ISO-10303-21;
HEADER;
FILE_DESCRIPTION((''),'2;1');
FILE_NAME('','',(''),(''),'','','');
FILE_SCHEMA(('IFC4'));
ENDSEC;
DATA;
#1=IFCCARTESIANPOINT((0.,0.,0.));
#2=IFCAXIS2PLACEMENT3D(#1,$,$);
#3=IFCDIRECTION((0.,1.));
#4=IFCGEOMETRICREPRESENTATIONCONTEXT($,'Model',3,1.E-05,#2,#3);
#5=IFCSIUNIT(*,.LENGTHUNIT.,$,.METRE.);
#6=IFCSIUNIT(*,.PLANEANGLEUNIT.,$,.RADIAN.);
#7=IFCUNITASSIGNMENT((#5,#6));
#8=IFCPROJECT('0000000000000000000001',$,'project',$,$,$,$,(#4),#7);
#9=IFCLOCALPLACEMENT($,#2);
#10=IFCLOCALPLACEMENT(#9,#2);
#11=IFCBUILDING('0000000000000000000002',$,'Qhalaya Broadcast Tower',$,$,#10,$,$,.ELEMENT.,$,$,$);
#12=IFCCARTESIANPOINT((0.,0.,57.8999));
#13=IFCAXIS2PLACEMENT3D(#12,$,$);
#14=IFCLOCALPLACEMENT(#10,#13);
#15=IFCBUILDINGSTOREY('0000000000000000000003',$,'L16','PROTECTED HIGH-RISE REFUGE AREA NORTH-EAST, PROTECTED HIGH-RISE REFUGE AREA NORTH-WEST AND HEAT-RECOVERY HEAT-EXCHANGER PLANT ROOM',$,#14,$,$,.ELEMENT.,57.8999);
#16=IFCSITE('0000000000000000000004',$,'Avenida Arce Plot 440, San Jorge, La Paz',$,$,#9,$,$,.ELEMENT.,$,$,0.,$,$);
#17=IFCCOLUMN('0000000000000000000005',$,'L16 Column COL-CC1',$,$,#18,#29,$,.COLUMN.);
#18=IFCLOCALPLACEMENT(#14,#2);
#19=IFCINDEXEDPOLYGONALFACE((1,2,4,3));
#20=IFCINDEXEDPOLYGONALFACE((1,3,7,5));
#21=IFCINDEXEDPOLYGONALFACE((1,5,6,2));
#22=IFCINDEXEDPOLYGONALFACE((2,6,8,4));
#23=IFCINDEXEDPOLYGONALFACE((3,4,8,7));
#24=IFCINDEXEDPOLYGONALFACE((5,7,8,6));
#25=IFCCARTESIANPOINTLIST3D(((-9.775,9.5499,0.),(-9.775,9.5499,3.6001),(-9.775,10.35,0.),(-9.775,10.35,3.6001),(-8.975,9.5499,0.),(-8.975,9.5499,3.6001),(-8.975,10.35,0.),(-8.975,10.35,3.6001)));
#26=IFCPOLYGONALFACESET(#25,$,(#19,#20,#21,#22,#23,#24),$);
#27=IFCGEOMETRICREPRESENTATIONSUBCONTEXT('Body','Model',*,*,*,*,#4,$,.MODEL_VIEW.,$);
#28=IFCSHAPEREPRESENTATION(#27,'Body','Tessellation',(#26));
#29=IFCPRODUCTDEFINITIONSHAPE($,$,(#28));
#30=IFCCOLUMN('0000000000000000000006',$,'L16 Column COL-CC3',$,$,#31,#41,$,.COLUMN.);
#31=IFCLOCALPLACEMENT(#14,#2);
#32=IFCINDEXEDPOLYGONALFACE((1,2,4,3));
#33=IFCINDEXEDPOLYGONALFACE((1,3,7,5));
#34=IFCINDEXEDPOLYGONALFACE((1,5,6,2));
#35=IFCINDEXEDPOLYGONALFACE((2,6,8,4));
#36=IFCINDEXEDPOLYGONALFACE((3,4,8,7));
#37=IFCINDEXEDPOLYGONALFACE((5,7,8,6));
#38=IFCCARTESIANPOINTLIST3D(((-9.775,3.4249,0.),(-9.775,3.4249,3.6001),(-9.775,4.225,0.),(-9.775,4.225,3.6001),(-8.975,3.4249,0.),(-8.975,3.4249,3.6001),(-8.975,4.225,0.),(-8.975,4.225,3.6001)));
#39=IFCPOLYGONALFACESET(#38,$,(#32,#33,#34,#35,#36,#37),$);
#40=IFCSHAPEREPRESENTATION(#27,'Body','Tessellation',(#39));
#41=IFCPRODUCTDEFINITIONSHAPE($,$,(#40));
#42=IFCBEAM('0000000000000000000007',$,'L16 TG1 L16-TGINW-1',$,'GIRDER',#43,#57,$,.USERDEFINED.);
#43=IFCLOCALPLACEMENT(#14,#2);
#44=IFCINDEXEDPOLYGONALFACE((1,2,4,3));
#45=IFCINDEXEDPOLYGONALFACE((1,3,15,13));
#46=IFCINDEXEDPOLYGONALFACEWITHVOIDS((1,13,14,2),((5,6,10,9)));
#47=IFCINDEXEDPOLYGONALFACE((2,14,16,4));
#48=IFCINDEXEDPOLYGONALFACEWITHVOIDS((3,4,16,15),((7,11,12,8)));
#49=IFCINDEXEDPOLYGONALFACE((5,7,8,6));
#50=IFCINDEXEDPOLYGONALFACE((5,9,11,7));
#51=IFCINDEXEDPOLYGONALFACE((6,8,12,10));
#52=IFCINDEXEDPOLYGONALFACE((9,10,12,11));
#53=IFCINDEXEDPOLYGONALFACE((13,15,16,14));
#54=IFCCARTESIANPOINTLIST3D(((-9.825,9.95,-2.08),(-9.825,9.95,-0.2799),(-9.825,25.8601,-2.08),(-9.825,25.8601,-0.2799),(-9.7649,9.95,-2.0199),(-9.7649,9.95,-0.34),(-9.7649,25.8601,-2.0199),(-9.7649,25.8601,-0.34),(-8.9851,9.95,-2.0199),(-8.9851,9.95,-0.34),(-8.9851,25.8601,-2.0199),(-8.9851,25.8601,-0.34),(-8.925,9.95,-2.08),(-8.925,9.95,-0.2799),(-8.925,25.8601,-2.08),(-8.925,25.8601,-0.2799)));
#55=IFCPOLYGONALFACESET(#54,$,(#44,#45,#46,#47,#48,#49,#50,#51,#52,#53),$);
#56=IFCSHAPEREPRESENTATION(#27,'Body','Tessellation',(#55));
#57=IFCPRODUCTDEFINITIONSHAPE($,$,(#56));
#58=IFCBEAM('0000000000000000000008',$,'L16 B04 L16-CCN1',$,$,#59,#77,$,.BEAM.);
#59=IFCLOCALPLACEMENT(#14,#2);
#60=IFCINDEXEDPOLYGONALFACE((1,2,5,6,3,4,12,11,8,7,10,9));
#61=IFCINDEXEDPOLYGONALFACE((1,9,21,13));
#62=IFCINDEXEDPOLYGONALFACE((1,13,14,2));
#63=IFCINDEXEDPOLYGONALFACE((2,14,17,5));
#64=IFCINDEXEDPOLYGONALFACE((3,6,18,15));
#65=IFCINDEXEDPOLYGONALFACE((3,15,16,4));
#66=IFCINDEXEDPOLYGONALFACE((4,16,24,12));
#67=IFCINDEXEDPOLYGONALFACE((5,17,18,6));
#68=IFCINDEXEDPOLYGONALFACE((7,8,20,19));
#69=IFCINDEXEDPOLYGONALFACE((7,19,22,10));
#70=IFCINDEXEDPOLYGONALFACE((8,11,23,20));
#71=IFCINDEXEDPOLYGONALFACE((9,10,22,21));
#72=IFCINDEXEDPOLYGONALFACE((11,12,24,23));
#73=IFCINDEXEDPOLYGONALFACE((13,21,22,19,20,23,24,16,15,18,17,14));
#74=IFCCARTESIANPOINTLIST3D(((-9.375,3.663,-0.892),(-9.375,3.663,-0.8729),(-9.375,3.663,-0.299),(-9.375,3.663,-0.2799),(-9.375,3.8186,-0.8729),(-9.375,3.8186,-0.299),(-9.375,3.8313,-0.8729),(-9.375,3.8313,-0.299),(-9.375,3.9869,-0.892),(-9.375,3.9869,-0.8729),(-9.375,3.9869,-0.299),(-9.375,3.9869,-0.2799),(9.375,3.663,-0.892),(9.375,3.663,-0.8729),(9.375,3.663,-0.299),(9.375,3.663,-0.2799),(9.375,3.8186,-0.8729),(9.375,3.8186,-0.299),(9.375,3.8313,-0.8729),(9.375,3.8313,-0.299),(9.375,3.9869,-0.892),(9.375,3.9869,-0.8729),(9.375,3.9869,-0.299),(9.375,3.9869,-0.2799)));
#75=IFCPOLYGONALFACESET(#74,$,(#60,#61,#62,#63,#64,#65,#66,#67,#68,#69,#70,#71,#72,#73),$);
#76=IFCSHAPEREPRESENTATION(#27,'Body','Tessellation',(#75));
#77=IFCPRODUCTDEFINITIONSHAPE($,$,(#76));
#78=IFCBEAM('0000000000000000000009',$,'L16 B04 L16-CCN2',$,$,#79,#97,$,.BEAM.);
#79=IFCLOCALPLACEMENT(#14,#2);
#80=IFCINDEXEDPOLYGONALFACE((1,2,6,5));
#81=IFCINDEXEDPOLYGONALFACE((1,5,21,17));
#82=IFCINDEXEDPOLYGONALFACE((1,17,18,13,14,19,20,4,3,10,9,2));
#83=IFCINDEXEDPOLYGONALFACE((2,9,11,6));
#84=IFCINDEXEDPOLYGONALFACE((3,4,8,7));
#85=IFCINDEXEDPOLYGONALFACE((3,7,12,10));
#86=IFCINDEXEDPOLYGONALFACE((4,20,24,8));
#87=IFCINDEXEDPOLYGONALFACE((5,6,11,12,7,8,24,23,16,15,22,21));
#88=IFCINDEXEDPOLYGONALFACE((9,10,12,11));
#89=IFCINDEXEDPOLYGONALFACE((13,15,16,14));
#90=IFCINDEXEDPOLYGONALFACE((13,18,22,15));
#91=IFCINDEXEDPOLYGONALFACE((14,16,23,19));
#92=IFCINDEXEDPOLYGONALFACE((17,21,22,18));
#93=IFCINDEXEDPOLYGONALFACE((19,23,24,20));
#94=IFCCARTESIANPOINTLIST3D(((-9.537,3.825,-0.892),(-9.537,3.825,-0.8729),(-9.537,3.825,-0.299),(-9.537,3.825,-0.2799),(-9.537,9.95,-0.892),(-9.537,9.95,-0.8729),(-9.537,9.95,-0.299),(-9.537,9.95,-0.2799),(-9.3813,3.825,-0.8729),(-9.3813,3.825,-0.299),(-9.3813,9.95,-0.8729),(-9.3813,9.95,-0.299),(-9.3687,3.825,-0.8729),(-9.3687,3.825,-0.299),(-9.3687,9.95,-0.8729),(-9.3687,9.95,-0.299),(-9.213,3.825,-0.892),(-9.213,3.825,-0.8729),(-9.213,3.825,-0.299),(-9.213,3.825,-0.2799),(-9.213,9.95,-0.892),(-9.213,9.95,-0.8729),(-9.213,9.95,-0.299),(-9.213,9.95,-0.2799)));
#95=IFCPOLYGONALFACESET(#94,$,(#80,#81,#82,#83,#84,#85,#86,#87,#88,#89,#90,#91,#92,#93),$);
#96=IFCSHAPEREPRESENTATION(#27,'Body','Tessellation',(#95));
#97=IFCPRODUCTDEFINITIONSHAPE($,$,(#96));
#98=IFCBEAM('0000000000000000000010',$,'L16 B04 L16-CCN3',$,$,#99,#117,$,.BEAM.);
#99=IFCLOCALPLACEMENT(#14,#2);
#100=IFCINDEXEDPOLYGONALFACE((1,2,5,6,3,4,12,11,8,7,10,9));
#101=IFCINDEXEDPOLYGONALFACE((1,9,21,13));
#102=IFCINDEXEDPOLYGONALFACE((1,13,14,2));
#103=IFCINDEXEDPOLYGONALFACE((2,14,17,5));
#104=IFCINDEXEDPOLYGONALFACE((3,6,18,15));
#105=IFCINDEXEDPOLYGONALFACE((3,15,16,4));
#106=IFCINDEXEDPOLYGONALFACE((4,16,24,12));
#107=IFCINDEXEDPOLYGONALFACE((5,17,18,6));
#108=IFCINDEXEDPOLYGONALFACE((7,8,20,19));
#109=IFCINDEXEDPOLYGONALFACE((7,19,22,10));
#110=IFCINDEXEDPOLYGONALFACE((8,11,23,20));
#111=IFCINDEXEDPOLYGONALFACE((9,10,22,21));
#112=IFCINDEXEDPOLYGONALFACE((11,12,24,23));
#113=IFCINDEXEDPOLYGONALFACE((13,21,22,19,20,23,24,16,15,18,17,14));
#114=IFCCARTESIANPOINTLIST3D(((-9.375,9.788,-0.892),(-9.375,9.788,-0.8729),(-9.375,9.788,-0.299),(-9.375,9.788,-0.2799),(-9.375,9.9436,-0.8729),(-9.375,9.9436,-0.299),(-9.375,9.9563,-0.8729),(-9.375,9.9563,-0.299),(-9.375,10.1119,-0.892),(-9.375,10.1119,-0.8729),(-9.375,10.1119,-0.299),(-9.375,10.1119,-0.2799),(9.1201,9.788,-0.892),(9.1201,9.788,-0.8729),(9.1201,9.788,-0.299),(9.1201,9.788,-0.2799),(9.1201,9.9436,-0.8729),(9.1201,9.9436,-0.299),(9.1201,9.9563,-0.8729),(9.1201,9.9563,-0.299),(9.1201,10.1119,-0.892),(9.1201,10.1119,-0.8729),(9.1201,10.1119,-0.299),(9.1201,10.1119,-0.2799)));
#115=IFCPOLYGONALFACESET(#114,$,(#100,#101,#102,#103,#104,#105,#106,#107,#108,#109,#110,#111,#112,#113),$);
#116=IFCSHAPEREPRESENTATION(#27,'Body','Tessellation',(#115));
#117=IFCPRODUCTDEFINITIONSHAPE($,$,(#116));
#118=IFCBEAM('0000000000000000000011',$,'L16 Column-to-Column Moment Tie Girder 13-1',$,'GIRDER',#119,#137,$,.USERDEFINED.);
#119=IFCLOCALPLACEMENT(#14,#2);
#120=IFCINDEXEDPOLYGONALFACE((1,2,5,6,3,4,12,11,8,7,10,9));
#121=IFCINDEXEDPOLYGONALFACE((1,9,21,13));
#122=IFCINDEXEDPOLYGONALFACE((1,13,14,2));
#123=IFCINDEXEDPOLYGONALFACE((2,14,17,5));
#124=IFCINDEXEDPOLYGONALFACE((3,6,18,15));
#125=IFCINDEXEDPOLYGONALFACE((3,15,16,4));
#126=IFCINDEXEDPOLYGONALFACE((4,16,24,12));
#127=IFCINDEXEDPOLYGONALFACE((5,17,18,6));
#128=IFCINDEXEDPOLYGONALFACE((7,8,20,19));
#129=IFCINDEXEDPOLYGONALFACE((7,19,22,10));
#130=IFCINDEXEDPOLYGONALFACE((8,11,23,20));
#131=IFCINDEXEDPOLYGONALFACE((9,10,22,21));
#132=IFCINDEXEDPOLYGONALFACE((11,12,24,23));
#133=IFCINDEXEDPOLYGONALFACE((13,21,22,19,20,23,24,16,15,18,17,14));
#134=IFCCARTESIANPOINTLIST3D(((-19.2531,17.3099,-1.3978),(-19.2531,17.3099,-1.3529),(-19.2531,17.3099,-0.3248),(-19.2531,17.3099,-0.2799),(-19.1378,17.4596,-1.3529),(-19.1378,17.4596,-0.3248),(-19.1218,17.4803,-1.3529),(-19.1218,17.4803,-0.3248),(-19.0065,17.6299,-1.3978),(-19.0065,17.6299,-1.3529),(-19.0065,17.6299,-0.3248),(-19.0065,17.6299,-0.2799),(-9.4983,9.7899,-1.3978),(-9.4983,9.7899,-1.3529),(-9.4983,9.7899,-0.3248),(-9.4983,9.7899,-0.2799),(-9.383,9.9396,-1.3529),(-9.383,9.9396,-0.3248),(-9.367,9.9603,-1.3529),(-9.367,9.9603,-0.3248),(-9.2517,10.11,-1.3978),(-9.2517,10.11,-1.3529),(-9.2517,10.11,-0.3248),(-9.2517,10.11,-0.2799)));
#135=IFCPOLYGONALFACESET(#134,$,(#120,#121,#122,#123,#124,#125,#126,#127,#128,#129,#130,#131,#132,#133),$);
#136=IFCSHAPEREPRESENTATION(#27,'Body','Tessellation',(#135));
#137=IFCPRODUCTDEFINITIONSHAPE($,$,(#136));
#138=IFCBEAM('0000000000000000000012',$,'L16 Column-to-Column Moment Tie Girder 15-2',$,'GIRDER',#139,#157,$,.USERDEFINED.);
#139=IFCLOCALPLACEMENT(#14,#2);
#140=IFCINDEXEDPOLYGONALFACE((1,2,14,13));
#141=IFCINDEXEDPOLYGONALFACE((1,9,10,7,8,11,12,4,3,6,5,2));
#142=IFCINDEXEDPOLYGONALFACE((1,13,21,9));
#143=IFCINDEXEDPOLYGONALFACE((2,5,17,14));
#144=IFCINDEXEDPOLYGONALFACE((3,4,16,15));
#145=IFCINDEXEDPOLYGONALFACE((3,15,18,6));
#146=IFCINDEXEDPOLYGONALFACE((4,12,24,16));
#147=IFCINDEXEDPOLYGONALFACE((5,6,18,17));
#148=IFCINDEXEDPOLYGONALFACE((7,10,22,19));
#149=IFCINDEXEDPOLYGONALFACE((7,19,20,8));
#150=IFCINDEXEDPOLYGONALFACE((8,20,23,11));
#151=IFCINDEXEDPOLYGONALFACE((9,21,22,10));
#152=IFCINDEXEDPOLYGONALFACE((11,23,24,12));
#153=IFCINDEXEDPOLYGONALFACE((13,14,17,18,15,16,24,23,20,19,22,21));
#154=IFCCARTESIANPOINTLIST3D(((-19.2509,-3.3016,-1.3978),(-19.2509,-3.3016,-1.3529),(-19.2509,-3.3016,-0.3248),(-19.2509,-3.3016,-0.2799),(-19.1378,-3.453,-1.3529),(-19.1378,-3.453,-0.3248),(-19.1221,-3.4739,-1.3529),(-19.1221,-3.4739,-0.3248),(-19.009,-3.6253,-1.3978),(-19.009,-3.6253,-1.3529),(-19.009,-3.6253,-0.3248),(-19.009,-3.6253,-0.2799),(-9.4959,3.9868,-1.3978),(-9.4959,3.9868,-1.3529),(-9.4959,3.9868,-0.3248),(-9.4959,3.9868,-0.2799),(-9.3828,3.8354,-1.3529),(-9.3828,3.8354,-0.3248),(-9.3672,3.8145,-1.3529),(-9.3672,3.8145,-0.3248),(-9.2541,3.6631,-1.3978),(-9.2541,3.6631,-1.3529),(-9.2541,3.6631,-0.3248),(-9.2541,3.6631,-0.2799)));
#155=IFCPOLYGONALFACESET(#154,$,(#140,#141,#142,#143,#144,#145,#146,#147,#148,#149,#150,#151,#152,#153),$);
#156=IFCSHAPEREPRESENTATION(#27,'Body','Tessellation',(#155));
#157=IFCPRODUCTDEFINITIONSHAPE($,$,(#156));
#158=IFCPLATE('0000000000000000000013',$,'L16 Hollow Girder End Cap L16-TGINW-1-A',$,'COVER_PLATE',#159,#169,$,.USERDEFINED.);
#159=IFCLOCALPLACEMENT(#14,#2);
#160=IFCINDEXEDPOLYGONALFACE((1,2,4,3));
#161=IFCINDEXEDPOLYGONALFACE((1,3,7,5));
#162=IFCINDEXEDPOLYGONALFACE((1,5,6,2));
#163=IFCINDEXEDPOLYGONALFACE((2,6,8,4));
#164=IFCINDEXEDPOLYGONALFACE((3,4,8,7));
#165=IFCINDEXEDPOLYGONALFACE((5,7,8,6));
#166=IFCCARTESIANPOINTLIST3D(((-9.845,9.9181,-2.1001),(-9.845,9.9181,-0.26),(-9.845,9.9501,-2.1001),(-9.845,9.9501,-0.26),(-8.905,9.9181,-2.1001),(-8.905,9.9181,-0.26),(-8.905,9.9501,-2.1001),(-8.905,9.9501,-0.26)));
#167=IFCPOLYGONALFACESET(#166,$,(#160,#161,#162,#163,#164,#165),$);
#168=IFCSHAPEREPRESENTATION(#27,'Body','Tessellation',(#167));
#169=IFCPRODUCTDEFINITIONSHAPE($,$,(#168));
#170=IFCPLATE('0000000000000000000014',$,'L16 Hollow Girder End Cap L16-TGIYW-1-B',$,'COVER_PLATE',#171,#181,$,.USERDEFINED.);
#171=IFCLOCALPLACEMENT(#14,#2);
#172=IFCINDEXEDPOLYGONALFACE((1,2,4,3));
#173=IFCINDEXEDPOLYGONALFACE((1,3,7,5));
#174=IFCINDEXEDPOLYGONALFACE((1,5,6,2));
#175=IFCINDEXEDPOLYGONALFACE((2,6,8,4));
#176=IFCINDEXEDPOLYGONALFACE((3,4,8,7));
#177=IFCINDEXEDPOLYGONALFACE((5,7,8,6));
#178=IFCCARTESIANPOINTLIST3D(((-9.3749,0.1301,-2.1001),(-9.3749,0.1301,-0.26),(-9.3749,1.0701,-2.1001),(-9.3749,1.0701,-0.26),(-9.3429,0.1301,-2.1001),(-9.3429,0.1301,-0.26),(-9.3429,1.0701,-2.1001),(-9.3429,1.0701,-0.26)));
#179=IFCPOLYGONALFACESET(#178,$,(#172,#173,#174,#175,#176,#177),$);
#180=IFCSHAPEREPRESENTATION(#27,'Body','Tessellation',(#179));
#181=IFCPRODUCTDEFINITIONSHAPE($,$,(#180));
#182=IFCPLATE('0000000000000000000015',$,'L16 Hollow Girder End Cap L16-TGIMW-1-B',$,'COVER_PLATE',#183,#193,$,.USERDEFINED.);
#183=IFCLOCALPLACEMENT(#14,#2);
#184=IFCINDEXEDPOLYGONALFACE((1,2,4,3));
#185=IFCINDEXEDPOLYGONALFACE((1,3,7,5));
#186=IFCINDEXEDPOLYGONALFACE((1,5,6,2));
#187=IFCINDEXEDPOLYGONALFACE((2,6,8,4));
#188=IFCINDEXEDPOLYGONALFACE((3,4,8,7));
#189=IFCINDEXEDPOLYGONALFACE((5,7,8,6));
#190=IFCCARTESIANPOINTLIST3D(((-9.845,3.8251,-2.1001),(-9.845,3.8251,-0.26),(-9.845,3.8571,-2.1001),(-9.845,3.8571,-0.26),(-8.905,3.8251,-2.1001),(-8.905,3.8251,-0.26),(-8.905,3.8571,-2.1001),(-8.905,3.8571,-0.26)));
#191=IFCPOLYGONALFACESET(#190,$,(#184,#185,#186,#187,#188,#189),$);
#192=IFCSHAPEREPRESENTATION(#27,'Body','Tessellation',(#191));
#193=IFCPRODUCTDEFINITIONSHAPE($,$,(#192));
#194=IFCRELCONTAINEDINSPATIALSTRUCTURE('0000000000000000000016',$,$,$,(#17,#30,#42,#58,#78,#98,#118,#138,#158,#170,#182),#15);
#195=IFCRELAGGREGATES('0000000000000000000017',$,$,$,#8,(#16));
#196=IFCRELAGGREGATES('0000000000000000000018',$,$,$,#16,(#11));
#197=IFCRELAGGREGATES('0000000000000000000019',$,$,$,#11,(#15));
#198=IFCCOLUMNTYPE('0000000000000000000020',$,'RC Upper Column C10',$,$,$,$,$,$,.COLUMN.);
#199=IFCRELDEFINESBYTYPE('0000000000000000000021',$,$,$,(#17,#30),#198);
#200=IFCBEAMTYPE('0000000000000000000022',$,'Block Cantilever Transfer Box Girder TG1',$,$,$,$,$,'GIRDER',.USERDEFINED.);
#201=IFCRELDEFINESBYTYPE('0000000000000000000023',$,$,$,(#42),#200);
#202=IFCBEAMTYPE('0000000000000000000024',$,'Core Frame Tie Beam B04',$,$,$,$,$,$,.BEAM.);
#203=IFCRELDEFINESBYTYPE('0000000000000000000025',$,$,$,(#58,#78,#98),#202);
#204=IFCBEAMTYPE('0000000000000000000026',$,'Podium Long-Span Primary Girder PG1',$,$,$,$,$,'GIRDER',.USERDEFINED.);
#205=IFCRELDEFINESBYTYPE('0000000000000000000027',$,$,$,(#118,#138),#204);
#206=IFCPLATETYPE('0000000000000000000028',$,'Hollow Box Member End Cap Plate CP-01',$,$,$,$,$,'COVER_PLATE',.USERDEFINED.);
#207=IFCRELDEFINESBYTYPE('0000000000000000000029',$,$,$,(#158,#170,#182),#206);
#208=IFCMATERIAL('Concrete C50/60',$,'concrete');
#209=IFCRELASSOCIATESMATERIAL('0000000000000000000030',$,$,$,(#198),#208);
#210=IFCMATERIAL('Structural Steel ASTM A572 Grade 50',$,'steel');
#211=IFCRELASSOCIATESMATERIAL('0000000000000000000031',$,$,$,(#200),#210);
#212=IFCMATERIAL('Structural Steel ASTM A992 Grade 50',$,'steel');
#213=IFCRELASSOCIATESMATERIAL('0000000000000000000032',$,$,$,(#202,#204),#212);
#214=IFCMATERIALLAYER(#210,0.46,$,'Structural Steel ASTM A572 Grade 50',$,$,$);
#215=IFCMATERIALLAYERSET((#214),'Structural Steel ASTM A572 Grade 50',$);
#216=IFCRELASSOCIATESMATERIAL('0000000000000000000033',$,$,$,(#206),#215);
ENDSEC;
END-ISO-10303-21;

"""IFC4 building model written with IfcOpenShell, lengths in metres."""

from ifc_helpers import new_model, si_unit, direction, frame, origin, origin_2d, place, context, subcontext, project, spatial, rectangle, hollow_rectangle, i_section, extrude, material, layer, layer_set, material_profile, profile_set, type_object, element, save


model = new_model("IFC4")

# Units and contexts
model_context = context("Model", 3, precision=1e-05, world=origin(), true_north=direction((0.0, 1.0)))
body_context = subcontext(model_context, "Body", "Model", "MODEL_VIEW")
ifc_project = project(units=[si_unit("LENGTHUNIT", "METRE"), si_unit("PLANEANGLEUNIT", "RADIAN")], contexts=[model_context])

# Site, building, storey
site_placement = place(None, origin())
site = spatial("IfcSite", under=ifc_project, at=site_placement, Name="Avenida Arce Plot 440, San Jorge, La Paz", CompositionType="ELEMENT", RefElevation=0.0)
building_placement = place(site_placement, origin())
building = spatial("IfcBuilding", under=site, at=building_placement, Name="Qhalaya Broadcast Tower", CompositionType="ELEMENT")
storey_placement = place(building_placement, frame((0.0, 0.0, 57.8999)))
storey = spatial("IfcBuildingStorey", under=building, at=storey_placement, Name="L16", Description="PROTECTED HIGH-RISE REFUGE AREA NORTH-EAST, PROTECTED HIGH-RISE REFUGE AREA NORTH-WEST AND HEAT-RECOVERY HEAT-EXCHANGER PLANT ROOM", CompositionType="ELEMENT", Elevation=57.8999)

# Columns
ifc_material_1 = material(Name="Concrete C50/60", Category="concrete")
ifc_material_profile_1 = material_profile(ifc_material_1, rectangle(XDim=0.8, YDim=0.8, at=origin_2d()), Name="RC-COL 800x800")
ifc_profile_set_1 = profile_set([ifc_material_profile_1], Name="Concrete C50/60")
column_type = type_object("IfcColumnType", Name="RC Upper Column C10", PredefinedType="COLUMN", material=ifc_profile_set_1)
for number, where, z_axis, x_axis, name in (
    (1, (-9.375, 9.95, 0.0), (0.0, 0.0, 1.0), (1.0, 0.0, 0.0), "L16 Column COL-CC1"),
    (2, (-9.375, 3.825, 0.0), (0.0, 0.0, 1.0), (1.0, 0.0, 0.0), "L16 Column COL-CC3"),
):
    element("IfcColumn", number, at=place(storey_placement, frame(where, z_axis=z_axis, x_axis=x_axis)), inside=storey, type_object=column_type, Name=name, PredefinedType="COLUMN", context=body_context, shape_type="SweptSolid", body=[
        extrude(rectangle(XDim=0.8, YDim=0.8, at=origin_2d()), origin(), (0.0, 0.0, 1.0), 3.6001),
    ])

# Beams
ifc_material_2 = material(Name="Structural Steel ASTM A572 Grade 50", Category="steel")
ifc_material_profile_2 = material_profile(ifc_material_2, hollow_rectangle(XDim=0.8999, YDim=1.8, WallThickness=0.0601, at=origin_2d()), Name="BOX 900x1800x60")
ifc_profile_set_2 = profile_set([ifc_material_profile_2], Name="Structural Steel ASTM A572 Grade 50")
beam_type_1 = type_object("IfcBeamType", Name="Block Cantilever Transfer Box Girder TG1", ElementType="GIRDER", PredefinedType="USERDEFINED", material=ifc_profile_set_2)
beam_1_placement = place(storey_placement, frame((-9.375, 9.95, -1.1799), z_axis=(0.0, 1.0, 0.0), x_axis=(-1.0, 0.0, 0.0)))
element("IfcBeam", 3, at=beam_1_placement, inside=storey, type_object=beam_type_1, Name="L16 TG1 L16-TGINW-1", ObjectType="GIRDER", PredefinedType="USERDEFINED", context=body_context, shape_type="SweptSolid", body=[
    extrude(hollow_rectangle(XDim=0.8999, YDim=1.8, WallThickness=0.0601, at=origin_2d()), origin(), (0.0, 0.0, 1.0), 15.9102),
])
ifc_material_3 = material(Name="Structural Steel ASTM A992 Grade 50", Category="steel")
ifc_material_profile_3 = material_profile(ifc_material_3, i_section(OverallWidth=0.324, OverallDepth=0.6121, WebThickness=0.0127, FlangeThickness=0.019, at=origin_2d()), Name="W24X104")
ifc_profile_set_3 = profile_set([ifc_material_profile_3], Name="Structural Steel ASTM A992 Grade 50")
beam_type_2 = type_object("IfcBeamType", Name="Core Frame Tie Beam B04", PredefinedType="BEAM", material=ifc_profile_set_3)
beam_2_placement = place(storey_placement, frame((-9.375, 3.825, -0.5859), z_axis=(1.0, 0.0, 0.0), x_axis=(0.0, 1.0, 0.0)))
element("IfcBeam", 4, at=beam_2_placement, inside=storey, type_object=beam_type_2, Name="L16 B04 L16-CCN1", PredefinedType="BEAM", context=body_context, shape_type="SweptSolid", body=[
    extrude(i_section(OverallWidth=0.324, OverallDepth=0.6121, WebThickness=0.0127, FlangeThickness=0.019, at=origin_2d()), origin(), (0.0, 0.0, 1.0), 18.75),
])
beam_3_placement = place(storey_placement, frame((-9.375, 3.825, -0.5859), z_axis=(0.0, 1.0, 0.0), x_axis=(-1.0, 0.0, 0.0)))
element("IfcBeam", 5, at=beam_3_placement, inside=storey, type_object=beam_type_2, Name="L16 B04 L16-CCN2", PredefinedType="BEAM", context=body_context, shape_type="SweptSolid", body=[
    extrude(i_section(OverallWidth=0.324, OverallDepth=0.6121, WebThickness=0.0127, FlangeThickness=0.019, at=origin_2d()), origin(), (0.0, 0.0, 1.0), 6.125),
])
beam_4_placement = place(storey_placement, frame((-9.375, 9.95, -0.5859), z_axis=(1.0, 0.0, 0.0), x_axis=(0.0, 1.0, 0.0)))
element("IfcBeam", 6, at=beam_4_placement, inside=storey, type_object=beam_type_2, Name="L16 B04 L16-CCN3", PredefinedType="BEAM", context=body_context, shape_type="SweptSolid", body=[
    extrude(i_section(OverallWidth=0.324, OverallDepth=0.6121, WebThickness=0.0127, FlangeThickness=0.019, at=origin_2d()), origin(), (0.0, 0.0, 1.0), 18.4951),
])
ifc_material_profile_4 = material_profile(ifc_material_3, i_section(OverallWidth=0.4041, OverallDepth=1.1179, WebThickness=0.0261, FlangeThickness=0.0449, at=origin_2d()), Name="W44X335")
ifc_profile_set_4 = profile_set([ifc_material_profile_4], Name="Structural Steel ASTM A992 Grade 50")
beam_type_3 = type_object("IfcBeamType", Name="Podium Long-Span Primary Girder PG1", ElementType="GIRDER", PredefinedType="USERDEFINED", material=ifc_profile_set_4)
beam_5_placement = place(storey_placement, frame((-9.375, 9.95, -0.8389), z_axis=(-0.791985, 0.61054, 0.0), x_axis=(-0.61054, -0.791985, 0.0)))
element("IfcBeam", 7, at=beam_5_placement, inside=storey, type_object=beam_type_3, Name="L16 Column-to-Column Moment Tie Girder 13-1", ObjectType="GIRDER", PredefinedType="USERDEFINED", context=body_context, shape_type="SweptSolid", body=[
    extrude(i_section(OverallWidth=0.4041, OverallDepth=1.1179, WebThickness=0.0261, FlangeThickness=0.0449, at=origin_2d()), origin(), (0.0, 0.0, 1.0), 12.3169),
])
beam_6_placement = place(storey_placement, frame((-9.375, 3.825, -0.8389), z_axis=(-0.801096, -0.598536, 0.0), x_axis=(0.598536, -0.801096, 0.0)))
element("IfcBeam", 8, at=beam_6_placement, inside=storey, type_object=beam_type_3, Name="L16 Column-to-Column Moment Tie Girder 15-2", ObjectType="GIRDER", PredefinedType="USERDEFINED", context=body_context, shape_type="SweptSolid", body=[
    extrude(i_section(OverallWidth=0.4041, OverallDepth=1.1179, WebThickness=0.0261, FlangeThickness=0.0449, at=origin_2d()), origin(), (0.0, 0.0, 1.0), 12.177),
])

# Plates
ifc_layer_1 = layer(ifc_material_2, 0.46, Name="Structural Steel ASTM A572 Grade 50")
ifc_layer_set_1 = layer_set([ifc_layer_1], Name="Structural Steel ASTM A572 Grade 50")
plate_type = type_object("IfcPlateType", Name="Hollow Box Member End Cap Plate CP-01", ElementType="COVER_PLATE", PredefinedType="USERDEFINED", material=ifc_layer_set_1)
for number, where, z_axis, x_axis, name in (
    (9, (-9.375, 9.9341, -2.1001), (0.0, 0.0, 1.0), (-1.0, 0.0, 0.0), "L16 Hollow Girder End Cap L16-TGINW-1-A"),
    (10, (-9.3589, 0.6001, -2.1001), (0.0, 0.0, 1.0), (0.0, 1.0, 0.0), "L16 Hollow Girder End Cap L16-TGIYW-1-B"),
    (11, (-9.375, 3.8411, -2.1001), (0.0, 0.0, 1.0), (-1.0, 0.0, 0.0), "L16 Hollow Girder End Cap L16-TGIMW-1-B"),
):
    element("IfcPlate", number, at=place(storey_placement, frame(where, z_axis=z_axis, x_axis=x_axis)), inside=storey, type_object=plate_type, Name=name, ObjectType="COVER_PLATE", PredefinedType="USERDEFINED", context=body_context, shape_type="SweptSolid", body=[
        extrude(rectangle(XDim=0.9399, YDim=0.032, at=origin_2d()), origin(), (0.0, 0.0, 1.0), 1.8401),
    ])

save(model, "model.ifc")
